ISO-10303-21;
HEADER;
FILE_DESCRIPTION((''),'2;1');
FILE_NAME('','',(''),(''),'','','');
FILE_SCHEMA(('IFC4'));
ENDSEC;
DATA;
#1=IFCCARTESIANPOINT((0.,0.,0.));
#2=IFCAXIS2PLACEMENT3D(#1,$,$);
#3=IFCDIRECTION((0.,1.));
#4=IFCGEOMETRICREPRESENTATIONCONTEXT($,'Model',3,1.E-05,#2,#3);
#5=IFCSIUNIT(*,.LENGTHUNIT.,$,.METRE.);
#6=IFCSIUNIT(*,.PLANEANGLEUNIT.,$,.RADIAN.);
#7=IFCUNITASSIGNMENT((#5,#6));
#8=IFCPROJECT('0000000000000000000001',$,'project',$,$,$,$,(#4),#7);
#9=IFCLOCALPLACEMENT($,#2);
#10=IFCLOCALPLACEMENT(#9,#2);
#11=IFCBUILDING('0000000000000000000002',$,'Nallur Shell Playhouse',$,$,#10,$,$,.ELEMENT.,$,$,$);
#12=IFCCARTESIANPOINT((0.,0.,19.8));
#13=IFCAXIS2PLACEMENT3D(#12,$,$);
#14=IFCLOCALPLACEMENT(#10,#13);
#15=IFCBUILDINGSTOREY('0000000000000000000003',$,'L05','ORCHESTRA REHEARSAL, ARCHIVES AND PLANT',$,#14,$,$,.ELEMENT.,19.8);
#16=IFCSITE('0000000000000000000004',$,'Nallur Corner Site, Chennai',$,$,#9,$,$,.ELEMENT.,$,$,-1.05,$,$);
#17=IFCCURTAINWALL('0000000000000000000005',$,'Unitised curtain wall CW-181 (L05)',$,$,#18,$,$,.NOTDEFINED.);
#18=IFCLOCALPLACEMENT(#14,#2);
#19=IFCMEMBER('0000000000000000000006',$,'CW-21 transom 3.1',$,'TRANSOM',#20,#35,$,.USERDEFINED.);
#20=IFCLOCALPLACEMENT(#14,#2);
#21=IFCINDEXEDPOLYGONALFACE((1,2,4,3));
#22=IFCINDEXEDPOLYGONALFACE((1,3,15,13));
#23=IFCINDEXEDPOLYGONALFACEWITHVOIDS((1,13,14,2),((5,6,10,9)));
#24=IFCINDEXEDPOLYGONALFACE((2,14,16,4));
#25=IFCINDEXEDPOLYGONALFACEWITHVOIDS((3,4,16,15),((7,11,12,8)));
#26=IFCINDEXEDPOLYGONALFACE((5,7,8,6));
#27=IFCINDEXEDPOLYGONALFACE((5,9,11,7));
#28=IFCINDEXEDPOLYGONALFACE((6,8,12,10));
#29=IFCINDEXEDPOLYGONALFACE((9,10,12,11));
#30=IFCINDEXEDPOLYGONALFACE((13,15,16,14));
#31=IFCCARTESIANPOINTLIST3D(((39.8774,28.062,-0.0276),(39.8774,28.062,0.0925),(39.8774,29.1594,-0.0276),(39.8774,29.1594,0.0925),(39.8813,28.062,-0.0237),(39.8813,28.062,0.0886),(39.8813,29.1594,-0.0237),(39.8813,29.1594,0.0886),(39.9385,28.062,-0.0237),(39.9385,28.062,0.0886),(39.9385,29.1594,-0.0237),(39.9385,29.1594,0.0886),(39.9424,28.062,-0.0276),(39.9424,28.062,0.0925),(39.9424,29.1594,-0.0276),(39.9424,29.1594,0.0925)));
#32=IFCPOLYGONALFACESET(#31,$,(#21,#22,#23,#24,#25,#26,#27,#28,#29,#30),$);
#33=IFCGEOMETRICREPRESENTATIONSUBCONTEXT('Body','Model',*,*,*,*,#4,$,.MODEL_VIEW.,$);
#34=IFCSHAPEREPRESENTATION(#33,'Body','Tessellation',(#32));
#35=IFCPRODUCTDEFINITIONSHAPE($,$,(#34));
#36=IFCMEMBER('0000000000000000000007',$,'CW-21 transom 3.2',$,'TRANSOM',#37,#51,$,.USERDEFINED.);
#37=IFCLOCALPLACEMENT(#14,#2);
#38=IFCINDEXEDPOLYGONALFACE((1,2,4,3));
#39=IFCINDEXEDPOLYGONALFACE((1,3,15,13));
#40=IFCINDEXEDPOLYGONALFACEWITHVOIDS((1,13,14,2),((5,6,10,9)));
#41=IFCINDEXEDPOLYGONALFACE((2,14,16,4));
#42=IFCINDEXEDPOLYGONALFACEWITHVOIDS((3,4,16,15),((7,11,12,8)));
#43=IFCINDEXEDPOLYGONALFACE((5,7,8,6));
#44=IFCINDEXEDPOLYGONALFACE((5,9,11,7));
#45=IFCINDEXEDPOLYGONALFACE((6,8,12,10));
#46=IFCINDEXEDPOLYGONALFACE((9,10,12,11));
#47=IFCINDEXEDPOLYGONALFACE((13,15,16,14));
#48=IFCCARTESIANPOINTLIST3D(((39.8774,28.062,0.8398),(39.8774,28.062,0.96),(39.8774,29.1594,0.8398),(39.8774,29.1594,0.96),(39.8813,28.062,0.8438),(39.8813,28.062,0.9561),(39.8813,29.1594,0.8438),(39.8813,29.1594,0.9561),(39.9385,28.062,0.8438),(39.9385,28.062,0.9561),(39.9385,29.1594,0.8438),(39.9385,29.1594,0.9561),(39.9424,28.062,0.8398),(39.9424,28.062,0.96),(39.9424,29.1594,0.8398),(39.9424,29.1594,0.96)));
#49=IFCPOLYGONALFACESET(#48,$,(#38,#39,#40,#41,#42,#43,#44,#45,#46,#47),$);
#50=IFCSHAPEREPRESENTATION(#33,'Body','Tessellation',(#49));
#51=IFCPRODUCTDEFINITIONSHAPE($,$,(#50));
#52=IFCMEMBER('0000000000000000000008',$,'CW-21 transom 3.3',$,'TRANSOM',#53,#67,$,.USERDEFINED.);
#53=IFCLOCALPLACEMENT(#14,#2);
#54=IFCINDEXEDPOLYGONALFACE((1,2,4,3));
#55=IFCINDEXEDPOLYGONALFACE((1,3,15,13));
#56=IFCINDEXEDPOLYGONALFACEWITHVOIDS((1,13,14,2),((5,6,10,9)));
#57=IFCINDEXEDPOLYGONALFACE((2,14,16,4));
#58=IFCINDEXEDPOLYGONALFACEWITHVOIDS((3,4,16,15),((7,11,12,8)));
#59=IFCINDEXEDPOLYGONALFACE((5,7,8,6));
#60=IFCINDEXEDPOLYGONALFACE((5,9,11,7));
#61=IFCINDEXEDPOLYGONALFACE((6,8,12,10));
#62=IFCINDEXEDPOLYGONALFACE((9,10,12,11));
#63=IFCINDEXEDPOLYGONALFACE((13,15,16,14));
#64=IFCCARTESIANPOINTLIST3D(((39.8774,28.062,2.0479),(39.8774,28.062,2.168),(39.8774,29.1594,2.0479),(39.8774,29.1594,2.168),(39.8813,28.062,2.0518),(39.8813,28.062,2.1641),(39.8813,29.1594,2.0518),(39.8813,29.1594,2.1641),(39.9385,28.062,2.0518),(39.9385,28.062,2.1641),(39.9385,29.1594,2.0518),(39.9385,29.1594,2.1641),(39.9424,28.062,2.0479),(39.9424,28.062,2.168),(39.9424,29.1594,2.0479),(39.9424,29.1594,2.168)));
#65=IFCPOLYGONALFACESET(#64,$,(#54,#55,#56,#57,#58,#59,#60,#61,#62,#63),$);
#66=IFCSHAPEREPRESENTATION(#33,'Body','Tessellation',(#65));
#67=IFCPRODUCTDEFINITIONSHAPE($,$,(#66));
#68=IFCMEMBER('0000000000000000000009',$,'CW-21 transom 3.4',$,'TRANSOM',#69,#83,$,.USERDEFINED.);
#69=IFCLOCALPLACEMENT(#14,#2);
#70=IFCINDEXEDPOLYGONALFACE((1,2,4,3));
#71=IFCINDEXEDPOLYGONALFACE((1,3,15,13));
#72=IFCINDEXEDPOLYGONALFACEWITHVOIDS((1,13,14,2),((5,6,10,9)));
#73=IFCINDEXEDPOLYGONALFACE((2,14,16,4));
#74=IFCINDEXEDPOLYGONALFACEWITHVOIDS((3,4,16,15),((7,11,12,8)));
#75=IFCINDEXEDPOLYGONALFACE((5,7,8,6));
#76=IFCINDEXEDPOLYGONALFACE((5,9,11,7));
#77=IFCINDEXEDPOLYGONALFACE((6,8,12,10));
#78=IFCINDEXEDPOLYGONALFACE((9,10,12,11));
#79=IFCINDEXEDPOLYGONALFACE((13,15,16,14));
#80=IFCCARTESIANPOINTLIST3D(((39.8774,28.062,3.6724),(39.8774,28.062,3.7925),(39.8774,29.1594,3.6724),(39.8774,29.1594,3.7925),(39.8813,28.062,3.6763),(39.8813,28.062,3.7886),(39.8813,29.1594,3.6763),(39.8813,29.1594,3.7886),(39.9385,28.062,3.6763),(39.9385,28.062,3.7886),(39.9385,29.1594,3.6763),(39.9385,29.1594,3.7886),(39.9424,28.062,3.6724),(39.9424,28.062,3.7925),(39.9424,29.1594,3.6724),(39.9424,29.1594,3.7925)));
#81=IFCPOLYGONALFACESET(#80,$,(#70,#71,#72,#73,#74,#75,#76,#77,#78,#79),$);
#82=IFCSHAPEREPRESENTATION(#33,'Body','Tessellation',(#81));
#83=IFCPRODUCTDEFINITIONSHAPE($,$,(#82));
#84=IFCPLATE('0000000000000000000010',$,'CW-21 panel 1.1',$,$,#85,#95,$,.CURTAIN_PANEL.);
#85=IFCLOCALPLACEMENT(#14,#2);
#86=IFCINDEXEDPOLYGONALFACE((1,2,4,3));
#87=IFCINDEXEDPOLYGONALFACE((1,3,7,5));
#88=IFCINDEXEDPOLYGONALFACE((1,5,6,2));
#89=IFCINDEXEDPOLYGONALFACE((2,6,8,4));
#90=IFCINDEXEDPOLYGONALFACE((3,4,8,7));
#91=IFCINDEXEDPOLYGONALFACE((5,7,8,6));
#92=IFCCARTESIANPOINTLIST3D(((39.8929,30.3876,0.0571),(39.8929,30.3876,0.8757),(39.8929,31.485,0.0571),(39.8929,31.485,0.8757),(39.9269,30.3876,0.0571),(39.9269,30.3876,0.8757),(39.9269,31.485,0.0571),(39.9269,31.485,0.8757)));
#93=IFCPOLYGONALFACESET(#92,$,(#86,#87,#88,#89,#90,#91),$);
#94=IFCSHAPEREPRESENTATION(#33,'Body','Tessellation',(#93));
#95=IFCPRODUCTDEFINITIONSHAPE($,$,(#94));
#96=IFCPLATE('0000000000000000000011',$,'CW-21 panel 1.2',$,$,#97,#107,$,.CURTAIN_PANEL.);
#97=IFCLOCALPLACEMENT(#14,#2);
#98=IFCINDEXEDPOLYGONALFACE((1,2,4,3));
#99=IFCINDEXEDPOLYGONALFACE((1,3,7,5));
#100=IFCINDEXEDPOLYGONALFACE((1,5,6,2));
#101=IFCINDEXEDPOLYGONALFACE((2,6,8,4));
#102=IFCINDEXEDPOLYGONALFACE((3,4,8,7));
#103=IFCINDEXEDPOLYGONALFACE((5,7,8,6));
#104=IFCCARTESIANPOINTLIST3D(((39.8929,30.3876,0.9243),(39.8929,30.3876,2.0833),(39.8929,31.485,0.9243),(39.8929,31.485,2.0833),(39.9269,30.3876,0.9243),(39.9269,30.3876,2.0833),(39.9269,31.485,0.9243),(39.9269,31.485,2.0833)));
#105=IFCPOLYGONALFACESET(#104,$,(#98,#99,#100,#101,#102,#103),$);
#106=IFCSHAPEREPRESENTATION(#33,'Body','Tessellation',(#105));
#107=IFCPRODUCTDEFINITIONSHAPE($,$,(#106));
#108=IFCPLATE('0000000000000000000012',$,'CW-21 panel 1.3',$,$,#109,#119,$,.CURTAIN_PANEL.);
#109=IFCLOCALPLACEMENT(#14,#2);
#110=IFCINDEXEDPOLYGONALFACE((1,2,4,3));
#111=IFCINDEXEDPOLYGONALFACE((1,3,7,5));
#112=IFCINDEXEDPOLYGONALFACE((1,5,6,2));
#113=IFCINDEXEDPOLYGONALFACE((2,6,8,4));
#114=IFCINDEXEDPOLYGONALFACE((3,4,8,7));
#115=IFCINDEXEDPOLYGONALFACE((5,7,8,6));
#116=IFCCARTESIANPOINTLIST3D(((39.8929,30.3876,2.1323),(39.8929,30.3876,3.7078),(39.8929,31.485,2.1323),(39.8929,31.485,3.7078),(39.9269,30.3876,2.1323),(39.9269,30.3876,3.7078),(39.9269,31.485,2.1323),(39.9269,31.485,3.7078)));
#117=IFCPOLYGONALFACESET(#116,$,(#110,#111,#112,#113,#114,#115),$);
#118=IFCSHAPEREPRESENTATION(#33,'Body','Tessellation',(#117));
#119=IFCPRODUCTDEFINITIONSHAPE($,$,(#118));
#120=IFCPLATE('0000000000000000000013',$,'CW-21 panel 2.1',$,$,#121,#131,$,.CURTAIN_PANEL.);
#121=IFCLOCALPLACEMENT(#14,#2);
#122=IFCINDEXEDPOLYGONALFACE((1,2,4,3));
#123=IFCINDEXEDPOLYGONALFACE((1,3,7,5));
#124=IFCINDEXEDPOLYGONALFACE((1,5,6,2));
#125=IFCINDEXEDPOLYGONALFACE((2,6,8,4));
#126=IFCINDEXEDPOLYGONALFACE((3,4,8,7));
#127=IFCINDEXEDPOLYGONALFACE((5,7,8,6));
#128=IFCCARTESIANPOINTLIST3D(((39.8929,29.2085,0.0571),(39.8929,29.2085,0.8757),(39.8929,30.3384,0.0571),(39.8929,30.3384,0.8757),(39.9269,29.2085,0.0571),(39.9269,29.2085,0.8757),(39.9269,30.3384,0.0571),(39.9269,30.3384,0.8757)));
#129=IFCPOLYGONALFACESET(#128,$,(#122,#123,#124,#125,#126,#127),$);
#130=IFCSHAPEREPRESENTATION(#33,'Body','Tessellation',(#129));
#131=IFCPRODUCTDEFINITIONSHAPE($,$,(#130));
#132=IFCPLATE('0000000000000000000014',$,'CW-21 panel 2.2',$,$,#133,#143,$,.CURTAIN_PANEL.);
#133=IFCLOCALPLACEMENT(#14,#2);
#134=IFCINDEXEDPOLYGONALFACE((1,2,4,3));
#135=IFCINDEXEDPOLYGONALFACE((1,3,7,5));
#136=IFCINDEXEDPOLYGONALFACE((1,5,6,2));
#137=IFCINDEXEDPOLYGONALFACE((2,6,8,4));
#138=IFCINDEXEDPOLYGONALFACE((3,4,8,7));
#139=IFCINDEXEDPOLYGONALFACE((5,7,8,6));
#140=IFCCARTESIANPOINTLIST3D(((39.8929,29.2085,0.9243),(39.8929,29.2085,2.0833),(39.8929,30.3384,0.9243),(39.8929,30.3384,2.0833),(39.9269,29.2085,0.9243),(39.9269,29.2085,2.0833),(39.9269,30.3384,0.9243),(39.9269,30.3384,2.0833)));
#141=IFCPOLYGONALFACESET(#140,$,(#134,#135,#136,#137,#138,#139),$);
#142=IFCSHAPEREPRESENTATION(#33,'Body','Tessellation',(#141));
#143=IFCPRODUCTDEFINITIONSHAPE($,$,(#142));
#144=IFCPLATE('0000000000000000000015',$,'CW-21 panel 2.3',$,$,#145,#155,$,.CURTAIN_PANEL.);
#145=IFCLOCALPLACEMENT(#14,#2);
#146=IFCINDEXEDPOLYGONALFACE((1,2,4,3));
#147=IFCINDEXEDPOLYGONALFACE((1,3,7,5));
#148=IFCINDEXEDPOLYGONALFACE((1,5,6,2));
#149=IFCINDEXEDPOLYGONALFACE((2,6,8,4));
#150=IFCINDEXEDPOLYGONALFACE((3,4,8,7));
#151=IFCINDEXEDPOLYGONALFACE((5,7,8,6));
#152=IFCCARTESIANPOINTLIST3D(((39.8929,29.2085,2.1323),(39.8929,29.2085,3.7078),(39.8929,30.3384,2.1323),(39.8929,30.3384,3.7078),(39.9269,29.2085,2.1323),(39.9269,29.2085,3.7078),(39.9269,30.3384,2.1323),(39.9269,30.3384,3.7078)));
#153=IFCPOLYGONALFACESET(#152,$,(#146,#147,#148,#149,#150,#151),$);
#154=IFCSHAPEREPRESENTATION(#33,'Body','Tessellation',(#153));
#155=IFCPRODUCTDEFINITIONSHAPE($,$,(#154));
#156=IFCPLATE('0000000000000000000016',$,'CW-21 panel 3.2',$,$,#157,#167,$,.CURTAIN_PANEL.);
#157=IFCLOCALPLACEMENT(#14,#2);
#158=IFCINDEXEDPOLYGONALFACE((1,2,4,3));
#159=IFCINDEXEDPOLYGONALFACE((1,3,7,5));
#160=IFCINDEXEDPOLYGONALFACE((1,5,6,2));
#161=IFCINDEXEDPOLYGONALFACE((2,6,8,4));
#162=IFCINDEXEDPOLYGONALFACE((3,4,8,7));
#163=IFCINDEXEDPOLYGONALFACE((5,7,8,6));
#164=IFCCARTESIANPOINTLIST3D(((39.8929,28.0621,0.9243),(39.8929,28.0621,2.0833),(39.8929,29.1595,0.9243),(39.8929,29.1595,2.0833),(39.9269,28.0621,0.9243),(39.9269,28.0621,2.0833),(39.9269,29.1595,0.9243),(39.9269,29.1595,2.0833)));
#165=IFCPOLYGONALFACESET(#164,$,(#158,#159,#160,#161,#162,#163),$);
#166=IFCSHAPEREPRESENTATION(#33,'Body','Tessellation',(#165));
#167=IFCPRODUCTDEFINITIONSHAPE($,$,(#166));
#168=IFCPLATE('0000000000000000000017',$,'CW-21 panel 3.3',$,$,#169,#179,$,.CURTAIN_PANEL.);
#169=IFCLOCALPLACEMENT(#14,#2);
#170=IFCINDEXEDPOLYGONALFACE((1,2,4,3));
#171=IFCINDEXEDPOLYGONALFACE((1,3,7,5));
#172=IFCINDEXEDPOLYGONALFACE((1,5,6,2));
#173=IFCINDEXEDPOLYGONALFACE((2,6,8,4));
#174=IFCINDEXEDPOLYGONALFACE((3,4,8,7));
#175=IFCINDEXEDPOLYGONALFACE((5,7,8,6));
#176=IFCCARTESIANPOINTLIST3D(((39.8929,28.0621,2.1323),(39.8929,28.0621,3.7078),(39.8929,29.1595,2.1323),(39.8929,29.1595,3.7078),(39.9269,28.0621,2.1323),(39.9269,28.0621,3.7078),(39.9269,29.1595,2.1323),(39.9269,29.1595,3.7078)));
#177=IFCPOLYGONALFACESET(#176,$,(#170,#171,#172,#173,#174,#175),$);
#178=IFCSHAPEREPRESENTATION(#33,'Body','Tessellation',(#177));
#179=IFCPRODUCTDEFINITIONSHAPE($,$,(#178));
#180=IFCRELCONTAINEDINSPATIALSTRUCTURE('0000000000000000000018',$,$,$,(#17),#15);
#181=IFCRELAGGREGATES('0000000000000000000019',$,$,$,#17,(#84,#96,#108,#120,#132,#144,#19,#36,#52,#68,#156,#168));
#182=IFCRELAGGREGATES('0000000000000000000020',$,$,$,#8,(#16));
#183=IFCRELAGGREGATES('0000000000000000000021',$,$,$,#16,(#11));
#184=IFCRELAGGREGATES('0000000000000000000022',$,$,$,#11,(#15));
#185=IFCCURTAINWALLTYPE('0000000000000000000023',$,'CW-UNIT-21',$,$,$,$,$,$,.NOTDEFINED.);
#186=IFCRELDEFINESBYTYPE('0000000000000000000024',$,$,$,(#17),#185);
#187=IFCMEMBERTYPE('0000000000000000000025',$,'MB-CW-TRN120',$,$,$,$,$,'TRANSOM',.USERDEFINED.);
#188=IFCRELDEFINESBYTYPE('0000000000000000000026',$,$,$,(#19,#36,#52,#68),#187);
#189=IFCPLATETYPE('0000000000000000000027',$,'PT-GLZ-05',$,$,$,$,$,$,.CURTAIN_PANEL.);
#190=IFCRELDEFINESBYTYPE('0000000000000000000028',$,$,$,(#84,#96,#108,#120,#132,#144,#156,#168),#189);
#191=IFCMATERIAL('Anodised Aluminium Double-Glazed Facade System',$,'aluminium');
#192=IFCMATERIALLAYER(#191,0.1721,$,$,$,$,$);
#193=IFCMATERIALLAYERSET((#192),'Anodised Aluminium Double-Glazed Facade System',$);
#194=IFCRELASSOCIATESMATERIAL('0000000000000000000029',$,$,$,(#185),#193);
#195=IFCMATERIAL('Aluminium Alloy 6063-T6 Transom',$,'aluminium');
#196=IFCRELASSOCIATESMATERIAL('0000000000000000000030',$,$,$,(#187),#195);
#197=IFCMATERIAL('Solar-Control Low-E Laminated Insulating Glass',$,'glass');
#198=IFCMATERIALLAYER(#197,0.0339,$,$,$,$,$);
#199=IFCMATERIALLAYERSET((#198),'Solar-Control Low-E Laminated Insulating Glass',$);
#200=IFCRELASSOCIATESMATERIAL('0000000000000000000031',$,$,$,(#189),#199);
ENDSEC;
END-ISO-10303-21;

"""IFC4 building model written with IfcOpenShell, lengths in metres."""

from ifc_helpers import new_model, si_unit, direction, frame, origin, origin_2d, place, context, subcontext, project, spatial, rectangle, hollow_rectangle, extrude, material, layer, layer_set, material_profile, profile_set, type_object, element, aggregate, save


model = new_model("IFC4")

# Units and contexts
model_context = context("Model", 3, precision=1e-05, world=origin(), true_north=direction((0.0, 1.0)))
body_context = subcontext(model_context, "Body", "Model", "MODEL_VIEW")
ifc_project = project(units=[si_unit("LENGTHUNIT", "METRE"), si_unit("PLANEANGLEUNIT", "RADIAN")], contexts=[model_context])

# Site, building, storey
site_placement = place(None, origin())
site = spatial("IfcSite", under=ifc_project, at=site_placement, Name="Nallur Corner Site, Chennai", CompositionType="ELEMENT", RefElevation=-1.05)
building_placement = place(site_placement, origin())
building = spatial("IfcBuilding", under=site, at=building_placement, Name="Nallur Shell Playhouse", CompositionType="ELEMENT")
storey_placement = place(building_placement, frame((0.0, 0.0, 19.8)))
storey = spatial("IfcBuildingStorey", under=building, at=storey_placement, Name="L05", Description="ORCHESTRA REHEARSAL, ARCHIVES AND PLANT", CompositionType="ELEMENT", Elevation=19.8)

# Curtain wall, members, plates
ifc_material_1 = material(Name="Anodised Aluminium Double-Glazed Facade System", Category="aluminium")
ifc_layer_1 = layer(ifc_material_1, 0.1721)
ifc_layer_set_1 = layer_set([ifc_layer_1], Name="Anodised Aluminium Double-Glazed Facade System")
curtain_wall_type = type_object("IfcCurtainWallType", Name="CW-UNIT-21", PredefinedType="NOTDEFINED", material=ifc_layer_set_1)
curtain_wall_placement = place(storey_placement, origin())
curtain_wall = element("IfcCurtainWall", 1, at=curtain_wall_placement, inside=storey, type_object=curtain_wall_type, Name="Unitised curtain wall CW-181 (L05)", PredefinedType="NOTDEFINED")
ifc_material_2 = material(Name="Aluminium Alloy 6063-T6 Transom", Category="aluminium")
ifc_material_profile_1 = material_profile(ifc_material_2, hollow_rectangle(XDim=0.0649, YDim=0.1201, WallThickness=0.0039, at=origin_2d()), Name="ALU 65x120x4")
ifc_profile_set_1 = profile_set([ifc_material_profile_1], Name="Aluminium Alloy 6063-T6 Transom")
member_type_1 = type_object("IfcMemberType", Name="MB-CW-TRN120", ElementType="TRANSOM", PredefinedType="USERDEFINED", material=ifc_profile_set_1)
member_1_placement = place(storey_placement, frame((39.9099, 29.1594, 0.0325), z_axis=(0.0, -1.0, 0.0), x_axis=(1.0, 0.0, 0.0)))
member_1 = element("IfcMember", 2, at=member_1_placement, type_object=member_type_1, Name="CW-21 transom 3.1", ObjectType="TRANSOM", PredefinedType="USERDEFINED", context=body_context, shape_type="SweptSolid", body=[
    extrude(hollow_rectangle(XDim=0.0649, YDim=0.1201, WallThickness=0.0039, at=origin_2d()), origin(), (0.0, 0.0, 1.0), 1.0974),
])
member_2_placement = place(storey_placement, frame((39.9099, 29.1594, 0.8999), z_axis=(0.0, -1.0, 0.0), x_axis=(1.0, 0.0, 0.0)))
member_2 = element("IfcMember", 3, at=member_2_placement, type_object=member_type_1, Name="CW-21 transom 3.2", ObjectType="TRANSOM", PredefinedType="USERDEFINED", context=body_context, shape_type="SweptSolid", body=[
    extrude(hollow_rectangle(XDim=0.0649, YDim=0.1201, WallThickness=0.0039, at=origin_2d()), origin(), (0.0, 0.0, 1.0), 1.0974),
])
member_3_placement = place(storey_placement, frame((39.9099, 29.1594, 2.1079), z_axis=(0.0, -1.0, 0.0), x_axis=(1.0, 0.0, 0.0)))
member_3 = element("IfcMember", 4, at=member_3_placement, type_object=member_type_1, Name="CW-21 transom 3.3", ObjectType="TRANSOM", PredefinedType="USERDEFINED", context=body_context, shape_type="SweptSolid", body=[
    extrude(hollow_rectangle(XDim=0.0649, YDim=0.1201, WallThickness=0.0039, at=origin_2d()), origin(), (0.0, 0.0, 1.0), 1.0974),
])
member_4_placement = place(storey_placement, frame((39.9099, 29.1594, 3.7324), z_axis=(0.0, -1.0, 0.0), x_axis=(1.0, 0.0, 0.0)))
member_4 = element("IfcMember", 5, at=member_4_placement, type_object=member_type_1, Name="CW-21 transom 3.4", ObjectType="TRANSOM", PredefinedType="USERDEFINED", context=body_context, shape_type="SweptSolid", body=[
    extrude(hollow_rectangle(XDim=0.0649, YDim=0.1201, WallThickness=0.0039, at=origin_2d()), origin(), (0.0, 0.0, 1.0), 1.0974),
])
ifc_material_3 = material(Name="Solar-Control Low-E Laminated Insulating Glass", Category="glass")
ifc_layer_2 = layer(ifc_material_3, 0.0339)
ifc_layer_set_2 = layer_set([ifc_layer_2], Name="Solar-Control Low-E Laminated Insulating Glass")
plate_type = type_object("IfcPlateType", Name="PT-GLZ-05", PredefinedType="CURTAIN_PANEL", material=ifc_layer_set_2)
plate_1_placement = place(storey_placement, frame((39.9099, 30.9363, 0.0571), z_axis=(0.0, 0.0, 1.0), x_axis=(0.0, -1.0, 0.0)))
plate_1 = element("IfcPlate", 6, at=plate_1_placement, type_object=plate_type, Name="CW-21 panel 1.1", PredefinedType="CURTAIN_PANEL", context=body_context, shape_type="SweptSolid", body=[
    extrude(rectangle(XDim=1.0974, YDim=0.0339, at=origin_2d()), origin(), (0.0, 0.0, 1.0), 0.8186),
])
plate_2_placement = place(storey_placement, frame((39.9099, 30.9363, 0.9243), z_axis=(0.0, 0.0, 1.0), x_axis=(0.0, -1.0, 0.0)))
plate_2 = element("IfcPlate", 7, at=plate_2_placement, type_object=plate_type, Name="CW-21 panel 1.2", PredefinedType="CURTAIN_PANEL", context=body_context, shape_type="SweptSolid", body=[
    extrude(rectangle(XDim=1.0974, YDim=0.0339, at=origin_2d()), origin(), (0.0, 0.0, 1.0), 1.1589),
])
plate_3_placement = place(storey_placement, frame((39.9099, 30.9363, 2.1323), z_axis=(0.0, 0.0, 1.0), x_axis=(0.0, -1.0, 0.0)))
plate_3 = element("IfcPlate", 8, at=plate_3_placement, type_object=plate_type, Name="CW-21 panel 1.3", PredefinedType="CURTAIN_PANEL", context=body_context, shape_type="SweptSolid", body=[
    extrude(rectangle(XDim=1.0974, YDim=0.0339, at=origin_2d()), origin(), (0.0, 0.0, 1.0), 1.5754),
])
plate_4_placement = place(storey_placement, frame((39.9099, 29.7734, 0.0571), z_axis=(0.0, 0.0, 1.0), x_axis=(0.0, -1.0, 0.0)))
plate_4 = element("IfcPlate", 9, at=plate_4_placement, type_object=plate_type, Name="CW-21 panel 2.1", PredefinedType="CURTAIN_PANEL", context=body_context, shape_type="SweptSolid", body=[
    extrude(rectangle(XDim=1.1299, YDim=0.0339, at=origin_2d()), origin(), (0.0, 0.0, 1.0), 0.8186),
])
plate_5_placement = place(storey_placement, frame((39.9099, 29.7734, 0.9243), z_axis=(0.0, 0.0, 1.0), x_axis=(0.0, -1.0, 0.0)))
plate_5 = element("IfcPlate", 10, at=plate_5_placement, type_object=plate_type, Name="CW-21 panel 2.2", PredefinedType="CURTAIN_PANEL", context=body_context, shape_type="SweptSolid", body=[
    extrude(rectangle(XDim=1.1299, YDim=0.0339, at=origin_2d()), origin(), (0.0, 0.0, 1.0), 1.1589),
])
plate_6_placement = place(storey_placement, frame((39.9099, 29.7734, 2.1323), z_axis=(0.0, 0.0, 1.0), x_axis=(0.0, -1.0, 0.0)))
plate_6 = element("IfcPlate", 11, at=plate_6_placement, type_object=plate_type, Name="CW-21 panel 2.3", PredefinedType="CURTAIN_PANEL", context=body_context, shape_type="SweptSolid", body=[
    extrude(rectangle(XDim=1.1299, YDim=0.0339, at=origin_2d()), origin(), (0.0, 0.0, 1.0), 1.5754),
])
plate_7_placement = place(storey_placement, frame((39.9099, 28.6108, 0.9243), z_axis=(0.0, 0.0, 1.0), x_axis=(0.0, -1.0, 0.0)))
plate_7 = element("IfcPlate", 12, at=plate_7_placement, type_object=plate_type, Name="CW-21 panel 3.2", PredefinedType="CURTAIN_PANEL", context=body_context, shape_type="SweptSolid", body=[
    extrude(rectangle(XDim=1.0974, YDim=0.0339, at=origin_2d()), origin(), (0.0, 0.0, 1.0), 1.1589),
])
plate_8_placement = place(storey_placement, frame((39.9099, 28.6108, 2.1323), z_axis=(0.0, 0.0, 1.0), x_axis=(0.0, -1.0, 0.0)))
plate_8 = element("IfcPlate", 13, at=plate_8_placement, type_object=plate_type, Name="CW-21 panel 3.3", PredefinedType="CURTAIN_PANEL", context=body_context, shape_type="SweptSolid", body=[
    extrude(rectangle(XDim=1.0974, YDim=0.0339, at=origin_2d()), origin(), (0.0, 0.0, 1.0), 1.5754),
])
aggregate(curtain_wall, [plate_1, plate_2, plate_3, plate_4, plate_5, plate_6, member_1, member_2, member_3, member_4, plate_7, plate_8])

save(model, "model.ifc")
